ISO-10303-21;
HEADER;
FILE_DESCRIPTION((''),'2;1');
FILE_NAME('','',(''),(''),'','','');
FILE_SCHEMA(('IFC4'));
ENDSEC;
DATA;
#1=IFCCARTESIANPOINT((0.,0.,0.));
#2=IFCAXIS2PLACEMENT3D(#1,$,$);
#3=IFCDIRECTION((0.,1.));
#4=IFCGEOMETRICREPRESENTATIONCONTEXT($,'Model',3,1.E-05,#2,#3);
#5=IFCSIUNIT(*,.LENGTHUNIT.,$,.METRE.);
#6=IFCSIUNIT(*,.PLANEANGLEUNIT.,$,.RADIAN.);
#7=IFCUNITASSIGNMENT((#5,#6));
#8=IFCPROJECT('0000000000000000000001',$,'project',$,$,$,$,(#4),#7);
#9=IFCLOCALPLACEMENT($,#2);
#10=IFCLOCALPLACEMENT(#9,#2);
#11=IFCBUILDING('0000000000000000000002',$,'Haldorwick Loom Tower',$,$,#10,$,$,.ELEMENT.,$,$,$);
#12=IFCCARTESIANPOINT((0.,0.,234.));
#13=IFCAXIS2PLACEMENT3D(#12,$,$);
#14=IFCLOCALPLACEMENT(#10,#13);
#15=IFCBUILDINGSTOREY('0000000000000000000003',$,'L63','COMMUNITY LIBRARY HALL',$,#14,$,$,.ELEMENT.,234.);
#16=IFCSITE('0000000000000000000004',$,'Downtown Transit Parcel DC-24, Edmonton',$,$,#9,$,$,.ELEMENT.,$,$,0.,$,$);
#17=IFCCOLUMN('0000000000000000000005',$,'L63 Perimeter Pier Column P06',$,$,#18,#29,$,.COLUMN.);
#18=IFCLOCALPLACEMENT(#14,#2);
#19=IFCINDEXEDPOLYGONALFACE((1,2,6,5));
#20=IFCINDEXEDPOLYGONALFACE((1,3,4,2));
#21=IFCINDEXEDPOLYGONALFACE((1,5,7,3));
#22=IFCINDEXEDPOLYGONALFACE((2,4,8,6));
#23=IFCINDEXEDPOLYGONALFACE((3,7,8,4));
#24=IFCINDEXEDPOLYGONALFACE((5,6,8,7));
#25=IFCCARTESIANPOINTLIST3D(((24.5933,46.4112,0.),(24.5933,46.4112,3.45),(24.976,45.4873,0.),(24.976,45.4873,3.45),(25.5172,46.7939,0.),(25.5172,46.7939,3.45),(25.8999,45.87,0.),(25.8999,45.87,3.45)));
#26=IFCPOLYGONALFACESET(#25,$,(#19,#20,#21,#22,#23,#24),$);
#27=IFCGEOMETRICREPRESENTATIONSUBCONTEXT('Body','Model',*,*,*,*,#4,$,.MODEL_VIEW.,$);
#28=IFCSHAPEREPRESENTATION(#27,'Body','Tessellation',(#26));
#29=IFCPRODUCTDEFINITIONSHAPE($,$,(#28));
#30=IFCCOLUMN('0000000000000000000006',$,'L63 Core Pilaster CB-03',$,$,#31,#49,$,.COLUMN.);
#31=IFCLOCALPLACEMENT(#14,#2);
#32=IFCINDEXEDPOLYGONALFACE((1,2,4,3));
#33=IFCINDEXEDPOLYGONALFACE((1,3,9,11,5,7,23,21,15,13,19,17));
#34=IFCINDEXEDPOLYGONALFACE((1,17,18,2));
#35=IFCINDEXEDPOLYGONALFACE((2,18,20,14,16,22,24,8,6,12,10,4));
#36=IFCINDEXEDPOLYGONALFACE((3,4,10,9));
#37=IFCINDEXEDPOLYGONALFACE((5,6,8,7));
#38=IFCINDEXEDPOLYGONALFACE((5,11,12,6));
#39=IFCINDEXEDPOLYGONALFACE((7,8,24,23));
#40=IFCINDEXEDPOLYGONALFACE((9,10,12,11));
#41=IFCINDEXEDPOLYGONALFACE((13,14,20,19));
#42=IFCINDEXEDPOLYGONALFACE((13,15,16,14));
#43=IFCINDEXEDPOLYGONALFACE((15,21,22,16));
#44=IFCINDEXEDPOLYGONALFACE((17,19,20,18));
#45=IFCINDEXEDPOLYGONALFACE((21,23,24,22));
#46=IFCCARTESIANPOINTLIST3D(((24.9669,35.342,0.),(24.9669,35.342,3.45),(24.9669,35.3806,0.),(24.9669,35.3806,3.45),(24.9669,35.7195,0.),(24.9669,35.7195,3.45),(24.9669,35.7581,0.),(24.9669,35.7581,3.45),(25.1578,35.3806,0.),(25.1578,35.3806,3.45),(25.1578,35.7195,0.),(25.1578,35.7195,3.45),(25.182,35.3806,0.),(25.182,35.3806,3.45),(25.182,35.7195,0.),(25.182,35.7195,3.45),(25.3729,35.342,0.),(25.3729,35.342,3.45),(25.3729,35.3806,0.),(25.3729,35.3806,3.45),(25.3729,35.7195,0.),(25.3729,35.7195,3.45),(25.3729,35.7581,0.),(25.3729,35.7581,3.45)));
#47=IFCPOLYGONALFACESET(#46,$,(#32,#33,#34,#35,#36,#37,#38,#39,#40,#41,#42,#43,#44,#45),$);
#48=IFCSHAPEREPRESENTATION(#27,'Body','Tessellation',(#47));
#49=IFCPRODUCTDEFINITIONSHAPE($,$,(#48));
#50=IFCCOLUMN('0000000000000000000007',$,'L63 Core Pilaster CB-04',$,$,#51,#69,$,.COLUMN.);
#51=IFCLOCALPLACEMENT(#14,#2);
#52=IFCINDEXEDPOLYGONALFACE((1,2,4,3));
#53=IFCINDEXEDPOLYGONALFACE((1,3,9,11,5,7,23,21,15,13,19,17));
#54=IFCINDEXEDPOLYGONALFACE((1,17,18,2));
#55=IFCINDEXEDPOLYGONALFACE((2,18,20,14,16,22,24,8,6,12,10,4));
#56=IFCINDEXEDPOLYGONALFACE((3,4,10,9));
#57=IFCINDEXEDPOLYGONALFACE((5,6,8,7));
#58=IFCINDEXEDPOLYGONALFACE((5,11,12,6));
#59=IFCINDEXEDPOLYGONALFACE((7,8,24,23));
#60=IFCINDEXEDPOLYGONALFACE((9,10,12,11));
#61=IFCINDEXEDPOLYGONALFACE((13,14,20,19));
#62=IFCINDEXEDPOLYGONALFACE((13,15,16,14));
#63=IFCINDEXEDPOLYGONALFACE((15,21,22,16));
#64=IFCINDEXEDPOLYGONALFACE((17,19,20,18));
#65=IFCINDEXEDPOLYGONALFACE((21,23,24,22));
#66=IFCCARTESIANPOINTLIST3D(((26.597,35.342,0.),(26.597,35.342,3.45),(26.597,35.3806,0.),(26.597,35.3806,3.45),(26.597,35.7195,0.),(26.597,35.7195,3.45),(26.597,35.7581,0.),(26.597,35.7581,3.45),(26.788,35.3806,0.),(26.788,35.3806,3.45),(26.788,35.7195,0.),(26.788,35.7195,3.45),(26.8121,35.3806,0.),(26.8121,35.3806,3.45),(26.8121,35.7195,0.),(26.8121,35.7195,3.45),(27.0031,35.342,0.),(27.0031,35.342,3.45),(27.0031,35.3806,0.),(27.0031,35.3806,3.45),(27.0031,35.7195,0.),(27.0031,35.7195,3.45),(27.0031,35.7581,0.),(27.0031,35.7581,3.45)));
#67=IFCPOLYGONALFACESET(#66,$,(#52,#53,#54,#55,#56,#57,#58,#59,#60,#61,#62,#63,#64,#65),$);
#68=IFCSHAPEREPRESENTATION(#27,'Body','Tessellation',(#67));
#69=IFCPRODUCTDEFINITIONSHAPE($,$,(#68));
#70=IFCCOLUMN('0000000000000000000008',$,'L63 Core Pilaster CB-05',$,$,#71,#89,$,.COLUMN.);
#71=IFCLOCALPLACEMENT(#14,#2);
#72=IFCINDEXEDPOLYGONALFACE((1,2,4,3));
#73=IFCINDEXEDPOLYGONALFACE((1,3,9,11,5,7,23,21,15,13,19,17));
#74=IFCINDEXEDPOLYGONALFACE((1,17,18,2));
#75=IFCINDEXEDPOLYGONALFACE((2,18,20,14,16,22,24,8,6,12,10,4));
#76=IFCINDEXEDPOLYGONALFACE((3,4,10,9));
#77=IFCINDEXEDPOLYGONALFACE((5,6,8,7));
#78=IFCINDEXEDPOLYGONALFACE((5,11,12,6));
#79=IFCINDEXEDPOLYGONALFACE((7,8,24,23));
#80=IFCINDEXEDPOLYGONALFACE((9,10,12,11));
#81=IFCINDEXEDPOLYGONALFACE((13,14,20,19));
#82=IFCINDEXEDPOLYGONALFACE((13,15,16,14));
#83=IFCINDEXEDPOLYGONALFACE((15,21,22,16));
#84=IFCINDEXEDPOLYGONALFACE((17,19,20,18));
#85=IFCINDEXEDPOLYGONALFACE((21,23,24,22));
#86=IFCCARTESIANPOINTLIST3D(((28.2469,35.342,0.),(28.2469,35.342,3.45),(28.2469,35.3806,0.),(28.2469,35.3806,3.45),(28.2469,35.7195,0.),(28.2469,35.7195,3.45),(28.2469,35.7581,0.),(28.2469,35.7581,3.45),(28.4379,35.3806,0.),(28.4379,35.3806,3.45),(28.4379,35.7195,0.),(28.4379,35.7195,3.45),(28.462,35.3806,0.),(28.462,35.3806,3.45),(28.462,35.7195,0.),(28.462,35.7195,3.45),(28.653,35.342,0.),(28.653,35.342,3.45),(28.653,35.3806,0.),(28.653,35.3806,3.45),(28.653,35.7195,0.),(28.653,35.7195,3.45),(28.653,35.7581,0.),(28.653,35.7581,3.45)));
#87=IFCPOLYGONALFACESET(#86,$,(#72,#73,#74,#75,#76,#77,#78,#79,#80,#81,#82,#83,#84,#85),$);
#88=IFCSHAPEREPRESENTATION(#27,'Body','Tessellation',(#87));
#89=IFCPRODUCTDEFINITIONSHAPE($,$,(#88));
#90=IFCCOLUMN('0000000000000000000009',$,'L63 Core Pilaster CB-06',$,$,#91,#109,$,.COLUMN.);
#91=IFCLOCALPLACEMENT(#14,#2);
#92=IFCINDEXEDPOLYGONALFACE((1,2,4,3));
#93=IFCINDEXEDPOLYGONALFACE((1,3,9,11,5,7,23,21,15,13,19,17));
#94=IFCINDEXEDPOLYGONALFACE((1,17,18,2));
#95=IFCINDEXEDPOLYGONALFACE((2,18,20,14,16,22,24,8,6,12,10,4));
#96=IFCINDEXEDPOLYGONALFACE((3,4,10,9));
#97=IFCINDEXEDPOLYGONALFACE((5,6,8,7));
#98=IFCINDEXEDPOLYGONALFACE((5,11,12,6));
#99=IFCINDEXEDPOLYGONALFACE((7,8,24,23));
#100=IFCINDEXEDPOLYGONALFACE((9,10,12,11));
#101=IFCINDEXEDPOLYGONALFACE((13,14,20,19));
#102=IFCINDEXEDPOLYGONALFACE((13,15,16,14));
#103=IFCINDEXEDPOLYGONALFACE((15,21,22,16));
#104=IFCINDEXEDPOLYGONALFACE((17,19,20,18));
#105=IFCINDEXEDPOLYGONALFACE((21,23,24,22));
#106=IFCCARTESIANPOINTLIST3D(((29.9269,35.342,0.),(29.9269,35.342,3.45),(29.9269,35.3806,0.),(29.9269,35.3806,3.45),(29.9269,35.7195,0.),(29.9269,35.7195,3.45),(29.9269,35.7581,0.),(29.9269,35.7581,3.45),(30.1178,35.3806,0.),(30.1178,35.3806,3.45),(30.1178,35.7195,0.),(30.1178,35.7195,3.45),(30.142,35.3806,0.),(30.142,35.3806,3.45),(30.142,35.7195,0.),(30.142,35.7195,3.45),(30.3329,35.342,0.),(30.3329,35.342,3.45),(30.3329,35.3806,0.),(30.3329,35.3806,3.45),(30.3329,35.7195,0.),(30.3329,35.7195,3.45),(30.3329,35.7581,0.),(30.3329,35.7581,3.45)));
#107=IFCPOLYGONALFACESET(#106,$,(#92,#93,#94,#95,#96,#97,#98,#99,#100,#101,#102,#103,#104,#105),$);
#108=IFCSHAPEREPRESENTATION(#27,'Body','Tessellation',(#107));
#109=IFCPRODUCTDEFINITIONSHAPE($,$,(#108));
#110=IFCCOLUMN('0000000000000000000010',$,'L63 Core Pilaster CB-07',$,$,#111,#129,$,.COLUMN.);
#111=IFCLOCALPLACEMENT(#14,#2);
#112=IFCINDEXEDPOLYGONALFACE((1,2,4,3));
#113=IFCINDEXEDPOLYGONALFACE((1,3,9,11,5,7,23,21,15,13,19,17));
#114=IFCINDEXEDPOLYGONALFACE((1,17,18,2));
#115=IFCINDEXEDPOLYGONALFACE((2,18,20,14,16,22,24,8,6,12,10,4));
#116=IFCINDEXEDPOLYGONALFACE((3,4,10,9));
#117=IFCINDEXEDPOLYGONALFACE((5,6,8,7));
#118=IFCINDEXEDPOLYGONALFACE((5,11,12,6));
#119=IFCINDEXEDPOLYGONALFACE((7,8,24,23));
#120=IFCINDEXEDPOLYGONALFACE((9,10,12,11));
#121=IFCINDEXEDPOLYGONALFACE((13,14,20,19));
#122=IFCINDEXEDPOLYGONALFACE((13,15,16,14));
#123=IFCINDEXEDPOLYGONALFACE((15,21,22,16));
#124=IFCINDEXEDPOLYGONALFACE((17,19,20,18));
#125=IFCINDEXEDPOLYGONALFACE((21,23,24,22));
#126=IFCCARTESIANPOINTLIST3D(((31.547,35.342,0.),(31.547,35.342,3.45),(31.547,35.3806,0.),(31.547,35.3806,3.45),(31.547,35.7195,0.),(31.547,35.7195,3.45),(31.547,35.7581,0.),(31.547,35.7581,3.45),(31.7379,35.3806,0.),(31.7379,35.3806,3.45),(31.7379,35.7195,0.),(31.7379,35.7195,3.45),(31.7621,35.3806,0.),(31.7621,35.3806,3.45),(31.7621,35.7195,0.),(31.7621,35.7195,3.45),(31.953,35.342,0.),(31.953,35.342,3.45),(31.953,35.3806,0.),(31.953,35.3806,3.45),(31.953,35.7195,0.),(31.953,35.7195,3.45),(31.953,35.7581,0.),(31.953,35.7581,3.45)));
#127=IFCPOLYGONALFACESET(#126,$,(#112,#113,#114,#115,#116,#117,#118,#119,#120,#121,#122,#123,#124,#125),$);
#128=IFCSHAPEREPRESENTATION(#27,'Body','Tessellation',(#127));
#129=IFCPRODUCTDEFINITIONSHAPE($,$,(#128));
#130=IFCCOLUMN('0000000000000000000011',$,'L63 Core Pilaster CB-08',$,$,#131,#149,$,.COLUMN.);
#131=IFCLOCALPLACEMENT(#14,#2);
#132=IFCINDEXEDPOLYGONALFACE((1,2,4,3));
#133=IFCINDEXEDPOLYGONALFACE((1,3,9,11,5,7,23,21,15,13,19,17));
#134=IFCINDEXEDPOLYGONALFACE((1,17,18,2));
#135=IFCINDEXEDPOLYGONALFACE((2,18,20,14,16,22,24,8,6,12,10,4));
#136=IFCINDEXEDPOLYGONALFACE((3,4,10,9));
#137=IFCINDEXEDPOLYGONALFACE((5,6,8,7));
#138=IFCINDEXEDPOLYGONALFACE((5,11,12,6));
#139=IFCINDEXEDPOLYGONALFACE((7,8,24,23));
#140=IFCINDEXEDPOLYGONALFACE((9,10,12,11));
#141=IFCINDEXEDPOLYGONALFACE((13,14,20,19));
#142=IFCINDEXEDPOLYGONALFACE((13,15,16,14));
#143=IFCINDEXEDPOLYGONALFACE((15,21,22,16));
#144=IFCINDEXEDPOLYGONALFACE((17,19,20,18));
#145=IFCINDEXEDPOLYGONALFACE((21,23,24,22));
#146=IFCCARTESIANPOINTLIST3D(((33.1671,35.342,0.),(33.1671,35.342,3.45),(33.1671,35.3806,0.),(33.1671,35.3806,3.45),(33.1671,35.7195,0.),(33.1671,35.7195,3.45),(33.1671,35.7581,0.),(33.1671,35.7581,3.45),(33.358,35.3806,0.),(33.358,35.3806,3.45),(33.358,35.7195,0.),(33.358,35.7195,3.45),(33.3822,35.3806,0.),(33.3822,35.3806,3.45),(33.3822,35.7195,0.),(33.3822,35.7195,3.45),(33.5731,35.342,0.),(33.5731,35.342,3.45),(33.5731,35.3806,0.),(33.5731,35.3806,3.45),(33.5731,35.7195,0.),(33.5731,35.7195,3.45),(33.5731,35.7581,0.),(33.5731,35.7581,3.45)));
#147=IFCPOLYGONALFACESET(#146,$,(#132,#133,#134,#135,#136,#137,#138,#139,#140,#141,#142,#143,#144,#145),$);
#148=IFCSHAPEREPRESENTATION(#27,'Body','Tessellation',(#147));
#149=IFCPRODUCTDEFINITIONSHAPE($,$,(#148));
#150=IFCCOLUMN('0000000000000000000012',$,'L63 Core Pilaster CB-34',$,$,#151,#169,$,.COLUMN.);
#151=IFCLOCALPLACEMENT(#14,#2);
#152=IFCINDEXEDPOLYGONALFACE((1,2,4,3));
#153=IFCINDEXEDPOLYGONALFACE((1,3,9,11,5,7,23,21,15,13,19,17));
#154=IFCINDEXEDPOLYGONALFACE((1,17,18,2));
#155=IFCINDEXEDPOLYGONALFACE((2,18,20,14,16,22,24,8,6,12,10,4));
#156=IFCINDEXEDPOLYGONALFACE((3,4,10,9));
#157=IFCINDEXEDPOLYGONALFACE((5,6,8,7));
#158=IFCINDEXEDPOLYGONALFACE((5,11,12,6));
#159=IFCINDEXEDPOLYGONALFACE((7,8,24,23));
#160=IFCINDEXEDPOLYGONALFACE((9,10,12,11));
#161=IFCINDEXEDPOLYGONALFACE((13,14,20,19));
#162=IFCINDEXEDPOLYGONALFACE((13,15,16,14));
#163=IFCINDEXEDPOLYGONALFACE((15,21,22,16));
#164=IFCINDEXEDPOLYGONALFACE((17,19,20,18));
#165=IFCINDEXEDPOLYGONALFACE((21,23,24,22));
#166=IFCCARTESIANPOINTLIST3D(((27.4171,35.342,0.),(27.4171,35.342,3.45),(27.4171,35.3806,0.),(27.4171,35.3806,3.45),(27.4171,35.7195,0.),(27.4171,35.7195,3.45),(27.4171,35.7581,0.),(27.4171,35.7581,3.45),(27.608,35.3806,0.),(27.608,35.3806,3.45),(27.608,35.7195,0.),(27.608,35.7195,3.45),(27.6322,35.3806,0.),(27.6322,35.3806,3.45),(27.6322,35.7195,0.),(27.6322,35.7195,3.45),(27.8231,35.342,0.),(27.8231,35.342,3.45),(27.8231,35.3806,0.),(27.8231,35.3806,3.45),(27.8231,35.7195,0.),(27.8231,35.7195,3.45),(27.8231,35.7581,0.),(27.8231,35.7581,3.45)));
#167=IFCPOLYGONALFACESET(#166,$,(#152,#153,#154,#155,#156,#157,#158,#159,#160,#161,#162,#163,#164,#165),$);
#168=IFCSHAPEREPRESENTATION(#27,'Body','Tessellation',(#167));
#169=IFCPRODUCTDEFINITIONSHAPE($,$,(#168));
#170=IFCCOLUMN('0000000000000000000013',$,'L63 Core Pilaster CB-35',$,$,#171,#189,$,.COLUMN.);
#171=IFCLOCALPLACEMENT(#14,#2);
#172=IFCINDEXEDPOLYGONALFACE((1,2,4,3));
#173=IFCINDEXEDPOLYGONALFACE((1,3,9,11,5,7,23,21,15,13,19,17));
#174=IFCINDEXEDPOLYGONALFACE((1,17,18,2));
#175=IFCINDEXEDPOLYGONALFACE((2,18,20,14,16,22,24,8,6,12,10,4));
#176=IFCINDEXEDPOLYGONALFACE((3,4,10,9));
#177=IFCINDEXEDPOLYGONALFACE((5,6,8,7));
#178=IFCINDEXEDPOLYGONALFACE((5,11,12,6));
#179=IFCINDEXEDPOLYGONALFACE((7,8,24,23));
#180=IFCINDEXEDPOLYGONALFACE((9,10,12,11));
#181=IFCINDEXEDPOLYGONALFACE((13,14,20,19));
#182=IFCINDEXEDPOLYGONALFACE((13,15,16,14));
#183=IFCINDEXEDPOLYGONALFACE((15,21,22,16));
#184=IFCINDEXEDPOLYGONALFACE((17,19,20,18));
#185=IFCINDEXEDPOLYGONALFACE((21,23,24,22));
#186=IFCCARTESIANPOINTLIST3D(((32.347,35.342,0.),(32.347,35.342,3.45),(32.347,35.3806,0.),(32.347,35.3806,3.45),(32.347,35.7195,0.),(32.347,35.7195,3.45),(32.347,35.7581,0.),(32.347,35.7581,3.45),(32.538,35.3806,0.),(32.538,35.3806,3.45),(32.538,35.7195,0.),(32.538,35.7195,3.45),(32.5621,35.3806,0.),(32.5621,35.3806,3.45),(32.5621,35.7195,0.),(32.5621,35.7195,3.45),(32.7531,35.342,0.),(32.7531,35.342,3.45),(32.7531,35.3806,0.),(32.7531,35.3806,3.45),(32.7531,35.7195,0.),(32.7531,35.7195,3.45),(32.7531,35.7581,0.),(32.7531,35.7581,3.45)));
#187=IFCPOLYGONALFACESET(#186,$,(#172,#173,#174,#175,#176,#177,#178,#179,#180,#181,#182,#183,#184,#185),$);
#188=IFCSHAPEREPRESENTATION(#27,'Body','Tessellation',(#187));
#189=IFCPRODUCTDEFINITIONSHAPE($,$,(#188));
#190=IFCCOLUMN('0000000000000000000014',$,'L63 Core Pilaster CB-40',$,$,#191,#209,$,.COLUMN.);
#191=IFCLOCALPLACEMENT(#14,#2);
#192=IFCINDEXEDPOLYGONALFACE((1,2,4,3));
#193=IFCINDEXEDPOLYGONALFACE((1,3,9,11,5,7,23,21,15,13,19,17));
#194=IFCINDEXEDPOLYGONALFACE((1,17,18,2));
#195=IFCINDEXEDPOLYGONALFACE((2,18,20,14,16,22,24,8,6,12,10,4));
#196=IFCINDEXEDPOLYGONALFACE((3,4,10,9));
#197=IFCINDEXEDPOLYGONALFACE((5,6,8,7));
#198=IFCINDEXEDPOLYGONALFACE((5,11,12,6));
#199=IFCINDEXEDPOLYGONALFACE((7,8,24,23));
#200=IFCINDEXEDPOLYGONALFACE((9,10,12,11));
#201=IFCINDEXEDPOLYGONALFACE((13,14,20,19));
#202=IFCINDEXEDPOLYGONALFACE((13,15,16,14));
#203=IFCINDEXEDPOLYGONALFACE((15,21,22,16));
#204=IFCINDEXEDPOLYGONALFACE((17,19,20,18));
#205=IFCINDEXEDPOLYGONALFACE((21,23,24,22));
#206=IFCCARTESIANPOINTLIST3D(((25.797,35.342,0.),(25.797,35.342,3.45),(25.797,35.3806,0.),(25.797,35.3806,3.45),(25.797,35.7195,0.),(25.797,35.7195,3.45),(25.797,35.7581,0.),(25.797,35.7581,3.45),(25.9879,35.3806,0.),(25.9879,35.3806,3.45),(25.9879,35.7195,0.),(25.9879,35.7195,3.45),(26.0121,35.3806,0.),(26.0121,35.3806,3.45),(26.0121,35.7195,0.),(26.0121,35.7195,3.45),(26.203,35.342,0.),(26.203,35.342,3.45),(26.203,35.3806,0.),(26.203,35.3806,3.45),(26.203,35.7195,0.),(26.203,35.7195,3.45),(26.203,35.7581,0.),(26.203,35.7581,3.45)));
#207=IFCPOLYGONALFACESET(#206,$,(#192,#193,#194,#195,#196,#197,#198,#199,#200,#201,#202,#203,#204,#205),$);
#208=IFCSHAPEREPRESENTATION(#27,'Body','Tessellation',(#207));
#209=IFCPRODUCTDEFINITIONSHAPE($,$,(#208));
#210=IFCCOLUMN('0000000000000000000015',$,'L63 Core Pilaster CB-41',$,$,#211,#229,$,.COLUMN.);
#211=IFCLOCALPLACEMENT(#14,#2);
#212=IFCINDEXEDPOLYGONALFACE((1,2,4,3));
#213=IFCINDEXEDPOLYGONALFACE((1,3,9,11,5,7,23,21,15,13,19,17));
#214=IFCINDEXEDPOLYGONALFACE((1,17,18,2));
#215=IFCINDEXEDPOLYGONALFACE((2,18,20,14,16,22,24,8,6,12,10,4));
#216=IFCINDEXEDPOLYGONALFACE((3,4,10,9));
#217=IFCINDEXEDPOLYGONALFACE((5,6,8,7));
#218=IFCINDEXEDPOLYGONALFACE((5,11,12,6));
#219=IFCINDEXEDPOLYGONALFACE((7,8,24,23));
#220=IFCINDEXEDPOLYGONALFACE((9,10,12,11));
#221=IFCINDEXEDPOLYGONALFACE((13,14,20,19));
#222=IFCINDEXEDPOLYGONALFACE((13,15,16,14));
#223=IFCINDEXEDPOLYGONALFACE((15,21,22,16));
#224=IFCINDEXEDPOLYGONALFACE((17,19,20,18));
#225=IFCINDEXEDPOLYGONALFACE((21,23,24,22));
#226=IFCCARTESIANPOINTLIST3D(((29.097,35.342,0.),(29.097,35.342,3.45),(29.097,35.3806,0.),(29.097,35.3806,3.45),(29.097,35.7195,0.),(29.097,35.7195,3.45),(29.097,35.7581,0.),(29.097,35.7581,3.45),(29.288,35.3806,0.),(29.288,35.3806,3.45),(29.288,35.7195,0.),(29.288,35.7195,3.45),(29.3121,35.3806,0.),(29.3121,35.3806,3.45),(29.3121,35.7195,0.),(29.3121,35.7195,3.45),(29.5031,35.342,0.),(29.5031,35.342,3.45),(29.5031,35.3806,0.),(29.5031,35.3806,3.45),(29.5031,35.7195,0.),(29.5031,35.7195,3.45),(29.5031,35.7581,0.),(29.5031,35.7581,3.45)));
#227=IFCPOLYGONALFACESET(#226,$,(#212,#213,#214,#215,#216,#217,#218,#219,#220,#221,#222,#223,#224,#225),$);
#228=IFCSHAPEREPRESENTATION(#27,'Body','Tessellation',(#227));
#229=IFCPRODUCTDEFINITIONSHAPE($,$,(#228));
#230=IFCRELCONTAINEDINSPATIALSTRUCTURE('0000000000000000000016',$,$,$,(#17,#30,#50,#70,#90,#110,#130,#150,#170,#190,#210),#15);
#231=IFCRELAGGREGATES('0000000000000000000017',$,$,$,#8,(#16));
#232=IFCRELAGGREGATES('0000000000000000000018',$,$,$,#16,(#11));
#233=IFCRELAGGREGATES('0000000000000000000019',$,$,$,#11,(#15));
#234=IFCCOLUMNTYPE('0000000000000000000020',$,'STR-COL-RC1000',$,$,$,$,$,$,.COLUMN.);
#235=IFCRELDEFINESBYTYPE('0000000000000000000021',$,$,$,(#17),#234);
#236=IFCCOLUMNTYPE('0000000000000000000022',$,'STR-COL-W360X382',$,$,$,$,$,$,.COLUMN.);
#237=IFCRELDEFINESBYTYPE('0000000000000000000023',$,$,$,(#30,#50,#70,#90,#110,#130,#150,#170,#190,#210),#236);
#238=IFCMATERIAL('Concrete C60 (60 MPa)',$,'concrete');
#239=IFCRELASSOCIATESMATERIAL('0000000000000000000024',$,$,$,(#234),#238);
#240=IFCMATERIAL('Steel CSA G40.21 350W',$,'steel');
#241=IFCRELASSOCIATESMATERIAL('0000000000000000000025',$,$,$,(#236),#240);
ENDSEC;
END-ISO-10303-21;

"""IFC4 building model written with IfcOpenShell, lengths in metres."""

from ifc_helpers import new_model, si_unit, direction, frame, origin, origin_2d, place, context, subcontext, project, spatial, rectangle, i_section, extrude, material, material_profile, profile_set, type_object, element, save


model = new_model("IFC4")

# Units and contexts
model_context = context("Model", 3, precision=1e-05, world=origin(), true_north=direction((0.0, 1.0)))
body_context = subcontext(model_context, "Body", "Model", "MODEL_VIEW")
ifc_project = project(units=[si_unit("LENGTHUNIT", "METRE"), si_unit("PLANEANGLEUNIT", "RADIAN")], contexts=[model_context])

# Site, building, storey
site_placement = place(None, origin())
site = spatial("IfcSite", under=ifc_project, at=site_placement, Name="Downtown Transit Parcel DC-24, Edmonton", CompositionType="ELEMENT", RefElevation=0.0)
building_placement = place(site_placement, origin())
building = spatial("IfcBuilding", under=site, at=building_placement, Name="Haldorwick Loom Tower", CompositionType="ELEMENT")
storey_placement = place(building_placement, frame((0.0, 0.0, 234.0)))
storey = spatial("IfcBuildingStorey", under=building, at=storey_placement, Name="L63", Description="COMMUNITY LIBRARY HALL", CompositionType="ELEMENT", Elevation=234.0)

# Columns
ifc_material_1 = material(Name="Concrete C60 (60 MPa)", Category="concrete")
ifc_material_profile_1 = material_profile(ifc_material_1, rectangle(XDim=1.0, YDim=1.0, at=origin_2d()), Name="RC1000X1000", Category="concrete")
ifc_profile_set_1 = profile_set([ifc_material_profile_1], Name="Concrete C60 (60 MPa)")
column_type_1 = type_object("IfcColumnType", Name="STR-COL-RC1000", PredefinedType="COLUMN", material=ifc_profile_set_1)
column_placement = place(storey_placement, frame((25.2466, 46.1406, 0.0), z_axis=(0.0, 0.0, 1.0), x_axis=(-0.382683, 0.92388, 0.0)))
element("IfcColumn", 1, at=column_placement, inside=storey, type_object=column_type_1, Name="L63 Perimeter Pier Column P06", PredefinedType="COLUMN", context=body_context, shape_type="SweptSolid", body=[
    extrude(rectangle(XDim=1.0, YDim=1.0, at=origin_2d()), origin(), (0.0, 0.0, 1.0), 3.45),
])
ifc_material_2 = material(Name="Steel CSA G40.21 350W", Category="steel")
ifc_material_profile_2 = material_profile(ifc_material_2, i_section(OverallWidth=0.406, OverallDepth=0.416, WebThickness=0.0242, FlangeThickness=0.0386, at=origin_2d()), Name="W360X382", Category="steel")
ifc_profile_set_2 = profile_set([ifc_material_profile_2], Name="Steel CSA G40.21 350W")
column_type_2 = type_object("IfcColumnType", Name="STR-COL-W360X382", PredefinedType="COLUMN", material=ifc_profile_set_2)
for number, where, z_axis, x_axis, name in (
    (2, (25.1699, 35.55, 0.0), (0.0, 0.0, 1.0), (1.0, 0.0, 0.0), "L63 Core Pilaster CB-03"),
    (3, (26.8, 35.55, 0.0), (0.0, 0.0, 1.0), (1.0, 0.0, 0.0), "L63 Core Pilaster CB-04"),
    (4, (28.45, 35.55, 0.0), (0.0, 0.0, 1.0), (1.0, 0.0, 0.0), "L63 Core Pilaster CB-05"),
    (5, (30.1299, 35.55, 0.0), (0.0, 0.0, 1.0), (1.0, 0.0, 0.0), "L63 Core Pilaster CB-06"),
    (6, (31.75, 35.55, 0.0), (0.0, 0.0, 1.0), (1.0, 0.0, 0.0), "L63 Core Pilaster CB-07"),
    (7, (33.3701, 35.55, 0.0), (0.0, 0.0, 1.0), (1.0, 0.0, 0.0), "L63 Core Pilaster CB-08"),
    (8, (27.6201, 35.55, 0.0), (0.0, 0.0, 1.0), (1.0, 0.0, 0.0), "L63 Core Pilaster CB-34"),
    (9, (32.55, 35.55, 0.0), (0.0, 0.0, 1.0), (1.0, 0.0, 0.0), "L63 Core Pilaster CB-35"),
    (10, (26.0, 35.55, 0.0), (0.0, 0.0, 1.0), (1.0, 0.0, 0.0), "L63 Core Pilaster CB-40"),
    (11, (29.3, 35.55, 0.0), (0.0, 0.0, 1.0), (1.0, 0.0, 0.0), "L63 Core Pilaster CB-41"),
):
    element("IfcColumn", number, at=place(storey_placement, frame(where, z_axis=z_axis, x_axis=x_axis)), inside=storey, type_object=column_type_2, Name=name, PredefinedType="COLUMN", context=body_context, shape_type="SweptSolid", body=[
        extrude(i_section(OverallWidth=0.406, OverallDepth=0.416, WebThickness=0.0242, FlangeThickness=0.0386, at=origin_2d()), origin(), (0.0, 0.0, 1.0), 3.45),
    ])

save(model, "model.ifc")
